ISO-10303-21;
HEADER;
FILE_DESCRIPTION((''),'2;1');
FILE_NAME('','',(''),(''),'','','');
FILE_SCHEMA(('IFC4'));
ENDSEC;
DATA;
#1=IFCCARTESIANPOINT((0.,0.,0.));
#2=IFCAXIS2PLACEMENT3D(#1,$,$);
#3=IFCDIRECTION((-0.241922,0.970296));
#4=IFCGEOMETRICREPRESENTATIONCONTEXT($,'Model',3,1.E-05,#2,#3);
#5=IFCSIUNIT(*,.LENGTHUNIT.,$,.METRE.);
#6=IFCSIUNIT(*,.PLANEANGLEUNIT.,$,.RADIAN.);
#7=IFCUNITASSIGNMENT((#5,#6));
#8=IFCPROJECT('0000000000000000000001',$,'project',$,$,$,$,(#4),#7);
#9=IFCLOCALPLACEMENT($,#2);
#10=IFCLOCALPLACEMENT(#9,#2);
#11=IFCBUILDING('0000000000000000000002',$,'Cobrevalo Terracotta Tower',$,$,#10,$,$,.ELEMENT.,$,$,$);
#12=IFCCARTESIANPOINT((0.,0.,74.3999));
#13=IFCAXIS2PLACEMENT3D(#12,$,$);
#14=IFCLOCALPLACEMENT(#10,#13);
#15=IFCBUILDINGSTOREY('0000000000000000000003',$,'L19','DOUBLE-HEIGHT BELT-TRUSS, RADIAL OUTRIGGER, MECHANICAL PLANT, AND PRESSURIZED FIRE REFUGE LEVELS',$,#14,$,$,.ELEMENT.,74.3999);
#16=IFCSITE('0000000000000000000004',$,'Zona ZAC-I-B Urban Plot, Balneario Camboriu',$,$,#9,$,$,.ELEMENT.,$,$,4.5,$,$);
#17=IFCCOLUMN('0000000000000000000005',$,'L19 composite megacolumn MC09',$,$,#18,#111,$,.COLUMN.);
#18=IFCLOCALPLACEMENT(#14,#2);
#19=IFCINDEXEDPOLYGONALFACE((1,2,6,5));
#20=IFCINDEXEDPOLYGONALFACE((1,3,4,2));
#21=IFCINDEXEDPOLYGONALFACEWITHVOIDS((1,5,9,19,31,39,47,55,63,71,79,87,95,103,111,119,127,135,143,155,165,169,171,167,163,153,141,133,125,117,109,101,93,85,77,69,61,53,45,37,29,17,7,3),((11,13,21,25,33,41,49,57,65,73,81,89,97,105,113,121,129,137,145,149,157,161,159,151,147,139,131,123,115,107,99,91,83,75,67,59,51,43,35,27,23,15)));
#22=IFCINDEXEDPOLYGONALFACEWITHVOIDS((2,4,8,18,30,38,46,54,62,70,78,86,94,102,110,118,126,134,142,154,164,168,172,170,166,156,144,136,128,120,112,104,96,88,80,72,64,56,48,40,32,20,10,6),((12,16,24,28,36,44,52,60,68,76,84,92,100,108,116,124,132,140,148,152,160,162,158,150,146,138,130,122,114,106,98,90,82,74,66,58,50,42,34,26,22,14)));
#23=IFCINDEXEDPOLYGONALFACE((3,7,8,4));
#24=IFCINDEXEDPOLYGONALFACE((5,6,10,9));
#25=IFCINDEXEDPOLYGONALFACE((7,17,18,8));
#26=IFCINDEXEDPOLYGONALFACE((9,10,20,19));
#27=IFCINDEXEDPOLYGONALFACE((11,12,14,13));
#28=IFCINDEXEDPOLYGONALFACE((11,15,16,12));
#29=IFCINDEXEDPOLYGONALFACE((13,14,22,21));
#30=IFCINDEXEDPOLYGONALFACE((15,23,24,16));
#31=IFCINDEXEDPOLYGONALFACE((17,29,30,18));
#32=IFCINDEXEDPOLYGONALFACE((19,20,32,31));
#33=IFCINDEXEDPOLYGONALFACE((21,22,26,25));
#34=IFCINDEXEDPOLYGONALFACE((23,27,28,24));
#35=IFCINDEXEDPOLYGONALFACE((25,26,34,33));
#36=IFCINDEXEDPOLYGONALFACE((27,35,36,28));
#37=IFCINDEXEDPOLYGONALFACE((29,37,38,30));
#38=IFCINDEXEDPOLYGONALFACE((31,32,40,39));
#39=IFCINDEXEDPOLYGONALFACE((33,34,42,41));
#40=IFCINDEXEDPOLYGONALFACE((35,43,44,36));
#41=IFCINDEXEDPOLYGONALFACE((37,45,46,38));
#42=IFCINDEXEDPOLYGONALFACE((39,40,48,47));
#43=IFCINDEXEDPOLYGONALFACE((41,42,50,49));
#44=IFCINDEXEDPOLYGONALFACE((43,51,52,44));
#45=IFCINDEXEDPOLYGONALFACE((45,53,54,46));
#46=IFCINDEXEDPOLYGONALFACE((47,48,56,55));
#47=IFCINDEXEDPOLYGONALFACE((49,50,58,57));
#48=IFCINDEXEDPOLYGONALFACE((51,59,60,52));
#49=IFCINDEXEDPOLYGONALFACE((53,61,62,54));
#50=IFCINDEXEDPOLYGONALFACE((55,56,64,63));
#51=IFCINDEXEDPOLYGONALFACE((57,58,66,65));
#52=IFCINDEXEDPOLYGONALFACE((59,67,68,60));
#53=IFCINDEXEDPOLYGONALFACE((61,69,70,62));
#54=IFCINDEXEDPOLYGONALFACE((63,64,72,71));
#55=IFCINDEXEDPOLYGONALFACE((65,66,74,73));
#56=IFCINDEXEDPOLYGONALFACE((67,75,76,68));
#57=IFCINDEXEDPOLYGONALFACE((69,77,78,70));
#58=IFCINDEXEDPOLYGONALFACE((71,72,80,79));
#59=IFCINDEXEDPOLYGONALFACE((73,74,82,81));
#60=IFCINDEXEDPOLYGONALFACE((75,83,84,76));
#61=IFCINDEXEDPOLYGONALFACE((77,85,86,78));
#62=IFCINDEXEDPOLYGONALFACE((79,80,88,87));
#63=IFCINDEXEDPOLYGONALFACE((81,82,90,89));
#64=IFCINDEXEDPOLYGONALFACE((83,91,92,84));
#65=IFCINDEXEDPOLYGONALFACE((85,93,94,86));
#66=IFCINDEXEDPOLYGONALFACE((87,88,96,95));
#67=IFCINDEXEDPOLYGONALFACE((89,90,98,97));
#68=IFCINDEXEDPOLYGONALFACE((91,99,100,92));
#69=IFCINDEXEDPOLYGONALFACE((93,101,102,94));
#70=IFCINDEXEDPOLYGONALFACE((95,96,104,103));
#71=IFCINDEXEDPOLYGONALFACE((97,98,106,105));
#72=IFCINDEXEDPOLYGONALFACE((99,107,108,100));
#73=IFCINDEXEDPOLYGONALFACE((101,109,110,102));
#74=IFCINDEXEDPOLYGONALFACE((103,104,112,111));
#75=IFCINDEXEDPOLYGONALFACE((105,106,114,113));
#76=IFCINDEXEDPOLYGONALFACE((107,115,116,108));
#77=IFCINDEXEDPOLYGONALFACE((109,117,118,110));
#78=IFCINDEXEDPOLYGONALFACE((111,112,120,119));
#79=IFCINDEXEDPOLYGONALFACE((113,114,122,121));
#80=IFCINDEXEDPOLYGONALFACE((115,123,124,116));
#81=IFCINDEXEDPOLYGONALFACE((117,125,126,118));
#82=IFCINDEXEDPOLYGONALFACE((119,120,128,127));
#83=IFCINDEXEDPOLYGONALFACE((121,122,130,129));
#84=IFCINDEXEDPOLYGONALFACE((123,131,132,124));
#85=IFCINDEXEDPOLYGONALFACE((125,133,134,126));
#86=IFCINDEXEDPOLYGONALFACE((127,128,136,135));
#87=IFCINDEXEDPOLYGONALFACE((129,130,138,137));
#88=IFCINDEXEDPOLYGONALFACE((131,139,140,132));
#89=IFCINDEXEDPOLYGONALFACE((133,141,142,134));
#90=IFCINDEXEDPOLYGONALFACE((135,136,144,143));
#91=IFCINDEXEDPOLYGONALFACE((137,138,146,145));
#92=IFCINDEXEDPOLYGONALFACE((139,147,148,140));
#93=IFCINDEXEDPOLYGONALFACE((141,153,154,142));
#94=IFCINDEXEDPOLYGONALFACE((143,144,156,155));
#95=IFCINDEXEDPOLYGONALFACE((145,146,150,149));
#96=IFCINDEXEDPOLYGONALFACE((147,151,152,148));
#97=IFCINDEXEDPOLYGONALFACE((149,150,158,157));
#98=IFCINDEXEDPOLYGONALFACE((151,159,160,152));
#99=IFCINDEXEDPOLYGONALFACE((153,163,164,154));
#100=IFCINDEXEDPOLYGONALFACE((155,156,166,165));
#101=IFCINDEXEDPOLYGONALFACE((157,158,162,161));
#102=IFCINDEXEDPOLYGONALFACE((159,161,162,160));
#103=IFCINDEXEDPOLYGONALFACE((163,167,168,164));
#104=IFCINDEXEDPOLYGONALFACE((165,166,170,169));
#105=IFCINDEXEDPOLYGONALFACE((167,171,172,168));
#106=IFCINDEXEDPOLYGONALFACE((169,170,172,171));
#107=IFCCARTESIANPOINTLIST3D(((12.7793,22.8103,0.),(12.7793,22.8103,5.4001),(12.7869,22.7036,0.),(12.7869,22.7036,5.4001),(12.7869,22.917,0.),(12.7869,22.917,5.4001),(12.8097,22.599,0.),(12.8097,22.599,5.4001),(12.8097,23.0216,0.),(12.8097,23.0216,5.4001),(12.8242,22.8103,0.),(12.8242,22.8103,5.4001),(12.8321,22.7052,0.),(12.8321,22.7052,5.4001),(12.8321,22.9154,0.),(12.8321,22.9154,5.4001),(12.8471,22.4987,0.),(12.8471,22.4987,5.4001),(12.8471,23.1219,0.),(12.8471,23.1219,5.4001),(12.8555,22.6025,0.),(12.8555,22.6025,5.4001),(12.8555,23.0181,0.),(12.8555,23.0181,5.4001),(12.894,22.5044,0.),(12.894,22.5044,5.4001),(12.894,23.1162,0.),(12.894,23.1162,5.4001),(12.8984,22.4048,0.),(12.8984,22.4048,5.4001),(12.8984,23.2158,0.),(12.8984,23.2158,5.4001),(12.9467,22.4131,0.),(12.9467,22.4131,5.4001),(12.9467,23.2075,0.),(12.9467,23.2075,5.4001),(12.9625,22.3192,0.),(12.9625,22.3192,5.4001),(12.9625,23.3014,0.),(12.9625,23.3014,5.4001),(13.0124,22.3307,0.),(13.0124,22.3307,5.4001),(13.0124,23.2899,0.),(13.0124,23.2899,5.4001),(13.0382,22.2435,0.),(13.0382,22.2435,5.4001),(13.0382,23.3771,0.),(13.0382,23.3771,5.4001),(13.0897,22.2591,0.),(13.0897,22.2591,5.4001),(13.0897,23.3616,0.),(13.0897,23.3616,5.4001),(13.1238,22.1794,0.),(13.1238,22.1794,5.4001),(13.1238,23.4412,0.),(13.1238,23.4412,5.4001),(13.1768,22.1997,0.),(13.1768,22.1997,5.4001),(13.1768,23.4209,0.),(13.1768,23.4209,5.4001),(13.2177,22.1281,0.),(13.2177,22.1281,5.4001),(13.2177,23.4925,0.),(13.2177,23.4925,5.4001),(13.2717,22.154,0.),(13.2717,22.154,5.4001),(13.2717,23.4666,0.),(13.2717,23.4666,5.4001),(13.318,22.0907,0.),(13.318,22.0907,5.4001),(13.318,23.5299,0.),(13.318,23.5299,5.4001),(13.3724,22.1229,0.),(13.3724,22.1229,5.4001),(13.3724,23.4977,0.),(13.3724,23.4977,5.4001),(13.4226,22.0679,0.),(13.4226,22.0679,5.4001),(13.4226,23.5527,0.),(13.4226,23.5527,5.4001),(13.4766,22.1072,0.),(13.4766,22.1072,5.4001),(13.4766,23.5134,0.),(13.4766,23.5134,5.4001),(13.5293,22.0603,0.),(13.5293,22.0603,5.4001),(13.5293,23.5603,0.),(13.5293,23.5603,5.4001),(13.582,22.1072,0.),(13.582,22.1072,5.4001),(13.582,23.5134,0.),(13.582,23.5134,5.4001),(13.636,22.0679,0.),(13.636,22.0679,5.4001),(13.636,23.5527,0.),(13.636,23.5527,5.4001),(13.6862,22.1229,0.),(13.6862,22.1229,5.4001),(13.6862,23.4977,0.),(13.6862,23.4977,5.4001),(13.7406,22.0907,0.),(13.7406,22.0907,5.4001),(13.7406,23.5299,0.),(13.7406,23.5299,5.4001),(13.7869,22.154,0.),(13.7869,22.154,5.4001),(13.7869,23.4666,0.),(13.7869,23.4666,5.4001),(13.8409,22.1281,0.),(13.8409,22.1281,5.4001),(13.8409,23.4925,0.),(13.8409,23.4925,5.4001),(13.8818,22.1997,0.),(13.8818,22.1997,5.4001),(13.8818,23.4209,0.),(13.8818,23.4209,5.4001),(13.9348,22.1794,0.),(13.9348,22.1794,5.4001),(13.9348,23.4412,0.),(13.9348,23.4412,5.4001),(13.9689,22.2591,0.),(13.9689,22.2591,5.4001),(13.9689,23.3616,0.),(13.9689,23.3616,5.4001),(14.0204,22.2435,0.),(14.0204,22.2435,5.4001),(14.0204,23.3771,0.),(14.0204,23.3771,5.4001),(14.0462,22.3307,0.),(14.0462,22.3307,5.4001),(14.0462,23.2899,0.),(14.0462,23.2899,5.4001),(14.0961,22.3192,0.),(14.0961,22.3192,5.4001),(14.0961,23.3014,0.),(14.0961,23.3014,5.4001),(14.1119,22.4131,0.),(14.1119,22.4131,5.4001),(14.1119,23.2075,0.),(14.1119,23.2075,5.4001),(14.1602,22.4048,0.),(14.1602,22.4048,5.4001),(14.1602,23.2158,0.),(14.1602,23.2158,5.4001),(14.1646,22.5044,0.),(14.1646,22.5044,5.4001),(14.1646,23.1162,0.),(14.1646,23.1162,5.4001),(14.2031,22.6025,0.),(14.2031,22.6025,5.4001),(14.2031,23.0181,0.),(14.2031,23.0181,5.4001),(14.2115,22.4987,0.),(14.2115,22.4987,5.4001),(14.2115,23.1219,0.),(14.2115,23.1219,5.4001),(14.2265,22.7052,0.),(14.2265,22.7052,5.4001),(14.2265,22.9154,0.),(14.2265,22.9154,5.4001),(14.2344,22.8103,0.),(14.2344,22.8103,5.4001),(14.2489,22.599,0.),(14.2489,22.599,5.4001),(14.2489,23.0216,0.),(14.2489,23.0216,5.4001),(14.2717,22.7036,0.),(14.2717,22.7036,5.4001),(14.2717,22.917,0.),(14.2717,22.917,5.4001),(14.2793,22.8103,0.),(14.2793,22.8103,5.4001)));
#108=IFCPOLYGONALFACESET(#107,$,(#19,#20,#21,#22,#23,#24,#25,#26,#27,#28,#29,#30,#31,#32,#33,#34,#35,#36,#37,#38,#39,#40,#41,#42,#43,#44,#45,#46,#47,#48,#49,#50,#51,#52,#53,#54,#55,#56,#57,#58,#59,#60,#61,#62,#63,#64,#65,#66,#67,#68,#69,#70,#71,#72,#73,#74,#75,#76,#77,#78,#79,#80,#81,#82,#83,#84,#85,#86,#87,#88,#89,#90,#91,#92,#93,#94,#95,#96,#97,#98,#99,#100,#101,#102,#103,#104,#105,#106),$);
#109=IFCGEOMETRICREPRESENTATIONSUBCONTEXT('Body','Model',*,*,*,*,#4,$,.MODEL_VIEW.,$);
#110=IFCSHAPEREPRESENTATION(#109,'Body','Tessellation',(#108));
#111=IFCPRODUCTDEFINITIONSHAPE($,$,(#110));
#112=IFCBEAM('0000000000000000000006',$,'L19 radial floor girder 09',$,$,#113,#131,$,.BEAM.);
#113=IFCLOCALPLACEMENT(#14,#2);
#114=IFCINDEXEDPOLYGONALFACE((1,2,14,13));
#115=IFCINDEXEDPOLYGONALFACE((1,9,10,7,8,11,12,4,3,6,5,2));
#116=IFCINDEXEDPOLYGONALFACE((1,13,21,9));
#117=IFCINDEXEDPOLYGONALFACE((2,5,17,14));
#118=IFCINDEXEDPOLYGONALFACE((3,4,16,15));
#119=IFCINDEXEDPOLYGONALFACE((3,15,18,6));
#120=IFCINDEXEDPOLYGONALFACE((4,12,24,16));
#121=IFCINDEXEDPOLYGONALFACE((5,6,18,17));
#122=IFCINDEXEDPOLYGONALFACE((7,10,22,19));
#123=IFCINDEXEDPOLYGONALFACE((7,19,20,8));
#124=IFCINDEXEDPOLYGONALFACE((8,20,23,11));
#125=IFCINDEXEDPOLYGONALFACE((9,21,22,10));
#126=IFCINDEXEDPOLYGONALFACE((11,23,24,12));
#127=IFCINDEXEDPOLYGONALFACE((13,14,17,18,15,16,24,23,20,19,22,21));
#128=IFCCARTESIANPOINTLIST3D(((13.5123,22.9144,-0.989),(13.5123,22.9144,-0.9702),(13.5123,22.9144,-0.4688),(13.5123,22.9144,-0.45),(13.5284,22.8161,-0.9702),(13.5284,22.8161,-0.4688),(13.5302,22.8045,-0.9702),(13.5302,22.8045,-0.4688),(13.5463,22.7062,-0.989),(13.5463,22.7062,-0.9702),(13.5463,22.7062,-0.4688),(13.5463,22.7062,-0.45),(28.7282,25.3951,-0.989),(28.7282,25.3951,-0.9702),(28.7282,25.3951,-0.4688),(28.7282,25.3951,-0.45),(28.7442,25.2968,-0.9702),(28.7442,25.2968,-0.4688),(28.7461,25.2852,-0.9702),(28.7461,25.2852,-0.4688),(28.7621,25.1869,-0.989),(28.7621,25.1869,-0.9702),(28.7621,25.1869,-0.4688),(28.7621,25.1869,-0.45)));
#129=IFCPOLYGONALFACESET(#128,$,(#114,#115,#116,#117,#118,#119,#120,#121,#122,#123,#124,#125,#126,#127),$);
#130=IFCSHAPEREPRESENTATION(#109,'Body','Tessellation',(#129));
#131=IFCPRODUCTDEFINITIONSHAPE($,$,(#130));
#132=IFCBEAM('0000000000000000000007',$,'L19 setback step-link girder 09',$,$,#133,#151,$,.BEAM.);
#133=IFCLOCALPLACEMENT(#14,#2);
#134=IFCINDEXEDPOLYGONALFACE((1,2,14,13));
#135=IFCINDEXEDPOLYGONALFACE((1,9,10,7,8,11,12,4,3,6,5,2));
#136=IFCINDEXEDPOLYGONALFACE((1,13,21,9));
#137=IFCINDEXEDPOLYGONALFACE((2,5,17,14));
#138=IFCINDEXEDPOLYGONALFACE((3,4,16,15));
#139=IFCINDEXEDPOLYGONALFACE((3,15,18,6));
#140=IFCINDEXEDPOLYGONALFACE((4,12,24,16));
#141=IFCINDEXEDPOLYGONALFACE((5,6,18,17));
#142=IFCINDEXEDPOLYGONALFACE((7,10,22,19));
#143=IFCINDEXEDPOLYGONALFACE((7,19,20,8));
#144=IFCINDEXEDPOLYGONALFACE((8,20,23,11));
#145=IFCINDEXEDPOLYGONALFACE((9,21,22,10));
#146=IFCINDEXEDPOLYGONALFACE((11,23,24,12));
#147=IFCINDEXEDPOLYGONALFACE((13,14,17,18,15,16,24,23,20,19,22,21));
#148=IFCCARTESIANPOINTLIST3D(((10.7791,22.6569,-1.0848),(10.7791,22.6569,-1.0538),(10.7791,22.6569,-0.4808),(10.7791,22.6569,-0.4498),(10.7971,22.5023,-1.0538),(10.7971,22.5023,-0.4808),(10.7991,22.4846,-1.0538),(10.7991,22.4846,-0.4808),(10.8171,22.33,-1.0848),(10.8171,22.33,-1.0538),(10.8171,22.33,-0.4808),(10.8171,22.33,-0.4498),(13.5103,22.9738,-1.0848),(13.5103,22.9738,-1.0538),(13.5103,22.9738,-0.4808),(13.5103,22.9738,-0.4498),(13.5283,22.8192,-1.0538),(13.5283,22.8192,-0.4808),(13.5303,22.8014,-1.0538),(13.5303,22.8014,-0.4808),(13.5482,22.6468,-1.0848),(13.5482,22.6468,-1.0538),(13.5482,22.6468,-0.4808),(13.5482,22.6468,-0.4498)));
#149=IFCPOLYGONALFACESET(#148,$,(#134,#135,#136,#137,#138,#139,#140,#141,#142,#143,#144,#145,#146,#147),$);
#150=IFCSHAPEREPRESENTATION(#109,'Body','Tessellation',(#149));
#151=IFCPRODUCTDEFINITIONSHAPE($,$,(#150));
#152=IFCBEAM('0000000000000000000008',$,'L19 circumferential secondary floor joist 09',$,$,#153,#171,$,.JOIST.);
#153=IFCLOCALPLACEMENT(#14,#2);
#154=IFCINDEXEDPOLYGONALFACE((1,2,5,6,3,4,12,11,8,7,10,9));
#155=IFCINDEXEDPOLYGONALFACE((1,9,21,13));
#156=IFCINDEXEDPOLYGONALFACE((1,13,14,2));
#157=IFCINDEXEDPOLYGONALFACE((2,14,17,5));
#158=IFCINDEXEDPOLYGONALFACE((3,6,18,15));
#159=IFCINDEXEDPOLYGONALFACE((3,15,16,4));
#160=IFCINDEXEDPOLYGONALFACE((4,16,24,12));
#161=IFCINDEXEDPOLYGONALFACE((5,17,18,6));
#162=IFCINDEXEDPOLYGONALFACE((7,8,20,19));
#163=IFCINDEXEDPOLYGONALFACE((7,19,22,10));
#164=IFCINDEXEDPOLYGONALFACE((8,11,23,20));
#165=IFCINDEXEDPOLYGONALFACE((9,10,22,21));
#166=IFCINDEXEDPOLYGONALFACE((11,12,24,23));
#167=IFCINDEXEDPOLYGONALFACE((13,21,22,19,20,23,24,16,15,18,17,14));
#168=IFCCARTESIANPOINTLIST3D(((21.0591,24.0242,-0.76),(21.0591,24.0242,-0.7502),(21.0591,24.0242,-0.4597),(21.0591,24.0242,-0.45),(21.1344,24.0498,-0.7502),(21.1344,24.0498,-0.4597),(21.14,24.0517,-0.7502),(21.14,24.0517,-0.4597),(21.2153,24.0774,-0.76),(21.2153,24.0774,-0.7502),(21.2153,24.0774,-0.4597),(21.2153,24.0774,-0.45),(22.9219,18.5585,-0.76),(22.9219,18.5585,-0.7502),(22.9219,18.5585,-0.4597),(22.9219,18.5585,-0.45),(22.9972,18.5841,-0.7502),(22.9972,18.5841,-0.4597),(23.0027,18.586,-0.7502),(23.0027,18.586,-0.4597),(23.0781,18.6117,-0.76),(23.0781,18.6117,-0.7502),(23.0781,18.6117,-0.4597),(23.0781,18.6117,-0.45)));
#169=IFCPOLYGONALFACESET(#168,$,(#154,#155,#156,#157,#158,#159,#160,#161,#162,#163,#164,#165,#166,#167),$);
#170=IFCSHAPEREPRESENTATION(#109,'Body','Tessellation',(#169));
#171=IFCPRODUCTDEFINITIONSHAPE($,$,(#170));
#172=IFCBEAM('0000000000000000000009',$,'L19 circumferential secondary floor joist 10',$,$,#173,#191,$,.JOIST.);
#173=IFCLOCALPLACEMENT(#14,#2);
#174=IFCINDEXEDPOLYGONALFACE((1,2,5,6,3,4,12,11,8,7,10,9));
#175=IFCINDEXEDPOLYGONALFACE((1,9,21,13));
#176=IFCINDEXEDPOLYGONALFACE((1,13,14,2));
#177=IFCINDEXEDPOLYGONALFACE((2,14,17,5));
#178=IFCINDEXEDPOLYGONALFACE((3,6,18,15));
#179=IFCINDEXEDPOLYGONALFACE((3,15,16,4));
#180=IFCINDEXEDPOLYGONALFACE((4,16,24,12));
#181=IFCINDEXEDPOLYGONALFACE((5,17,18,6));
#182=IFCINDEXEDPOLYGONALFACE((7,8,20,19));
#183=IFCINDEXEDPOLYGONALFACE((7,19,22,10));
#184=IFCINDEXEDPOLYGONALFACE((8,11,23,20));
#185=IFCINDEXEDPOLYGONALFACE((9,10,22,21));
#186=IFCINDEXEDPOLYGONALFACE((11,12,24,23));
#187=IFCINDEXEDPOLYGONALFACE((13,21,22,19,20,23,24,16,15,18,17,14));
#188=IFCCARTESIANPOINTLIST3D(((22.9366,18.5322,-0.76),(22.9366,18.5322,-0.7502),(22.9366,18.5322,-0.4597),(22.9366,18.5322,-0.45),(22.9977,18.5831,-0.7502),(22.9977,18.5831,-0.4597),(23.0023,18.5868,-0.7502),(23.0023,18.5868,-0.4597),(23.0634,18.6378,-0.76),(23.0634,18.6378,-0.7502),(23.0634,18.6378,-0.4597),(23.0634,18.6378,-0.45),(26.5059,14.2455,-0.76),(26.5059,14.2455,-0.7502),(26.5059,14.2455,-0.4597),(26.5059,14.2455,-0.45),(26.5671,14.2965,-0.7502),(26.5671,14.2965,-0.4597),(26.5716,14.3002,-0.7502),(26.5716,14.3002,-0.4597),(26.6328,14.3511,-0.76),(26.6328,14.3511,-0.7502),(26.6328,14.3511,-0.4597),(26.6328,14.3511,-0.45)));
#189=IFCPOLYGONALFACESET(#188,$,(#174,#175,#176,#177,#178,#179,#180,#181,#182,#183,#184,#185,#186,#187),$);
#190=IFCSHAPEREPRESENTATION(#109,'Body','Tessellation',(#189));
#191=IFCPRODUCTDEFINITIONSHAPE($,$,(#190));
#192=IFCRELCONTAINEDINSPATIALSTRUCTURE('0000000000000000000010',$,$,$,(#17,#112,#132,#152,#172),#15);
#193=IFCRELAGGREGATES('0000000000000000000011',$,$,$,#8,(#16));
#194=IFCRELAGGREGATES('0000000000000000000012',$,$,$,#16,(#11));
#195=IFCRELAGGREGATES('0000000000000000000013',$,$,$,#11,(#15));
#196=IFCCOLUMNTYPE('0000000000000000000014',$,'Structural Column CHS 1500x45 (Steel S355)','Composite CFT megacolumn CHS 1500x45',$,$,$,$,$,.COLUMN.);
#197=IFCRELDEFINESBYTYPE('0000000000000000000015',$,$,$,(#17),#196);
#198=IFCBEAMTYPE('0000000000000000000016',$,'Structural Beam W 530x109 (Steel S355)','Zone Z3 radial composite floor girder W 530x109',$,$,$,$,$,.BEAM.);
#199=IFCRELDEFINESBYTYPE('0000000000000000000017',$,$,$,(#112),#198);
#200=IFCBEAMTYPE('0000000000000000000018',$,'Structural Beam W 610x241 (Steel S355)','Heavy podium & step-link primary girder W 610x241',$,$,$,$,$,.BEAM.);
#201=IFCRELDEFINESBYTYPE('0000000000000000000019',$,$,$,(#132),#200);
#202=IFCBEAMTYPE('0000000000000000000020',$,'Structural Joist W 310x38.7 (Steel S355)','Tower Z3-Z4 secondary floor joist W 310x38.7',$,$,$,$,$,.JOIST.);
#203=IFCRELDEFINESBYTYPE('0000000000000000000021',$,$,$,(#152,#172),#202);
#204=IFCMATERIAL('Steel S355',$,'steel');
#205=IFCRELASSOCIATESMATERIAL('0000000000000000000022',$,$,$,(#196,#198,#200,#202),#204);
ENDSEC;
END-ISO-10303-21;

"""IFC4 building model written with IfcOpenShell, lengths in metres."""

from ifc_helpers import new_model, si_unit, direction, frame, origin, origin_2d, place, context, subcontext, project, spatial, hollow_circle, i_section, extrude, material, material_profile, profile_set, type_object, element, save


model = new_model("IFC4")

# Units and contexts
model_context = context("Model", 3, precision=1e-05, world=origin(), true_north=direction((-0.241922, 0.970296)))
body_context = subcontext(model_context, "Body", "Model", "MODEL_VIEW")
ifc_project = project(units=[si_unit("LENGTHUNIT", "METRE"), si_unit("PLANEANGLEUNIT", "RADIAN")], contexts=[model_context])

# Site, building, storey
site_placement = place(None, origin())
site = spatial("IfcSite", under=ifc_project, at=site_placement, Name="Zona ZAC-I-B Urban Plot, Balneario Camboriu", CompositionType="ELEMENT", RefElevation=4.5)
building_placement = place(site_placement, origin())
building = spatial("IfcBuilding", under=site, at=building_placement, Name="Cobrevalo Terracotta Tower", CompositionType="ELEMENT")
storey_placement = place(building_placement, frame((0.0, 0.0, 74.3999)))
storey = spatial("IfcBuildingStorey", under=building, at=storey_placement, Name="L19", Description="DOUBLE-HEIGHT BELT-TRUSS, RADIAL OUTRIGGER, MECHANICAL PLANT, AND PRESSURIZED FIRE REFUGE LEVELS", CompositionType="ELEMENT", Elevation=74.3999)

# Column
ifc_material_1 = material(Name="Steel S355", Category="steel")
ifc_material_profile_1 = material_profile(ifc_material_1, hollow_circle(Radius=0.75, WallThickness=0.0449, at=origin_2d()), Name="CHS 1500x45")
ifc_profile_set_1 = profile_set([ifc_material_profile_1], Name="Steel S355")
column_type = type_object("IfcColumnType", Name="Structural Column CHS 1500x45 (Steel S355)", Description="Composite CFT megacolumn CHS 1500x45", PredefinedType="COLUMN", material=ifc_profile_set_1)
column_placement = place(storey_placement, frame((13.5293, 22.8103, 0.0), z_axis=(0.0, 0.0, 1.0), x_axis=(1.0, 0.0, 0.0)))
element("IfcColumn", 1, at=column_placement, inside=storey, type_object=column_type, Name="L19 composite megacolumn MC09", PredefinedType="COLUMN", context=body_context, shape_type="SweptSolid", body=[
    extrude(hollow_circle(Radius=0.75, WallThickness=0.0449, at=origin_2d()), origin(), (0.0, 0.0, 1.0), 5.4001),
])

# Beams
ifc_material_profile_2 = material_profile(ifc_material_1, i_section(OverallWidth=0.2109, OverallDepth=0.5391, WebThickness=0.0117, FlangeThickness=0.0188, at=origin_2d()), Name="W 530x109")
ifc_profile_set_2 = profile_set([ifc_material_profile_2], Name="Steel S355")
beam_type_1 = type_object("IfcBeamType", Name="Structural Beam W 530x109 (Steel S355)", Description="Zone Z3 radial composite floor girder W 530x109", PredefinedType="BEAM", material=ifc_profile_set_2)
beam_1_placement = place(storey_placement, frame((13.5293, 22.8103, -0.7195), z_axis=(0.986969, 0.160911, 0.0), x_axis=(-0.160911, 0.986969, 0.0)))
element("IfcBeam", 2, at=beam_1_placement, inside=storey, type_object=beam_type_1, Name="L19 radial floor girder 09", PredefinedType="BEAM", context=body_context, shape_type="SweptSolid", body=[
    extrude(i_section(OverallWidth=0.2109, OverallDepth=0.5391, WebThickness=0.0117, FlangeThickness=0.0188, at=origin_2d()), origin(), (0.0, 0.0, 1.0), 15.4167),
])
ifc_material_profile_3 = material_profile(ifc_material_1, i_section(OverallWidth=0.3291, OverallDepth=0.635, WebThickness=0.0178, FlangeThickness=0.031, at=origin_2d()), Name="W 610x241")
ifc_profile_set_3 = profile_set([ifc_material_profile_3], Name="Steel S355")
beam_type_2 = type_object("IfcBeamType", Name="Structural Beam W 610x241 (Steel S355)", Description="Heavy podium & step-link primary girder W 610x241", PredefinedType="BEAM", material=ifc_profile_set_3)
beam_2_placement = place(storey_placement, frame((10.7981, 22.4934, -0.7673), z_axis=(0.993336, 0.115254, 0.0), x_axis=(-0.115254, 0.993336, 0.0)))
element("IfcBeam", 3, at=beam_2_placement, inside=storey, type_object=beam_type_2, Name="L19 setback step-link girder 09", PredefinedType="BEAM", context=body_context, shape_type="SweptSolid", body=[
    extrude(i_section(OverallWidth=0.3291, OverallDepth=0.635, WebThickness=0.0178, FlangeThickness=0.031, at=origin_2d()), origin(), (0.0, 0.0, 1.0), 2.7495),
])
ifc_material_profile_4 = material_profile(ifc_material_1, i_section(OverallWidth=0.165, OverallDepth=0.3101, WebThickness=0.0059, FlangeThickness=0.0098, at=origin_2d()), Name="W 310x38.7")
ifc_profile_set_4 = profile_set([ifc_material_profile_4], Name="Steel S355")
beam_type_3 = type_object("IfcBeamType", Name="Structural Joist W 310x38.7 (Steel S355)", Description="Tower Z3-Z4 secondary floor joist W 310x38.7", PredefinedType="JOIST", material=ifc_profile_set_4)
beam_3_placement = place(storey_placement, frame((21.1372, 24.0508, -0.605), z_axis=(0.322588, -0.94654, 0.0), x_axis=(0.94654, 0.322588, 0.0)))
element("IfcBeam", 4, at=beam_3_placement, inside=storey, type_object=beam_type_3, Name="L19 circumferential secondary floor joist 09", PredefinedType="JOIST", context=body_context, shape_type="SweptSolid", body=[
    extrude(i_section(OverallWidth=0.165, OverallDepth=0.3101, WebThickness=0.0059, FlangeThickness=0.0098, at=origin_2d()), origin(), (0.0, 0.0, 1.0), 5.7744),
])
beam_4_placement = place(storey_placement, frame((23.0, 18.585, -0.605), z_axis=(0.639883, -0.768472, 0.0), x_axis=(0.768472, 0.639883, 0.0)))
element("IfcBeam", 5, at=beam_4_placement, inside=storey, type_object=beam_type_3, Name="L19 circumferential secondary floor joist 10", PredefinedType="JOIST", context=body_context, shape_type="SweptSolid", body=[
    extrude(i_section(OverallWidth=0.165, OverallDepth=0.3101, WebThickness=0.0059, FlangeThickness=0.0098, at=origin_2d()), origin(), (0.0, 0.0, 1.0), 5.5781),
])

save(model, "model.ifc")
